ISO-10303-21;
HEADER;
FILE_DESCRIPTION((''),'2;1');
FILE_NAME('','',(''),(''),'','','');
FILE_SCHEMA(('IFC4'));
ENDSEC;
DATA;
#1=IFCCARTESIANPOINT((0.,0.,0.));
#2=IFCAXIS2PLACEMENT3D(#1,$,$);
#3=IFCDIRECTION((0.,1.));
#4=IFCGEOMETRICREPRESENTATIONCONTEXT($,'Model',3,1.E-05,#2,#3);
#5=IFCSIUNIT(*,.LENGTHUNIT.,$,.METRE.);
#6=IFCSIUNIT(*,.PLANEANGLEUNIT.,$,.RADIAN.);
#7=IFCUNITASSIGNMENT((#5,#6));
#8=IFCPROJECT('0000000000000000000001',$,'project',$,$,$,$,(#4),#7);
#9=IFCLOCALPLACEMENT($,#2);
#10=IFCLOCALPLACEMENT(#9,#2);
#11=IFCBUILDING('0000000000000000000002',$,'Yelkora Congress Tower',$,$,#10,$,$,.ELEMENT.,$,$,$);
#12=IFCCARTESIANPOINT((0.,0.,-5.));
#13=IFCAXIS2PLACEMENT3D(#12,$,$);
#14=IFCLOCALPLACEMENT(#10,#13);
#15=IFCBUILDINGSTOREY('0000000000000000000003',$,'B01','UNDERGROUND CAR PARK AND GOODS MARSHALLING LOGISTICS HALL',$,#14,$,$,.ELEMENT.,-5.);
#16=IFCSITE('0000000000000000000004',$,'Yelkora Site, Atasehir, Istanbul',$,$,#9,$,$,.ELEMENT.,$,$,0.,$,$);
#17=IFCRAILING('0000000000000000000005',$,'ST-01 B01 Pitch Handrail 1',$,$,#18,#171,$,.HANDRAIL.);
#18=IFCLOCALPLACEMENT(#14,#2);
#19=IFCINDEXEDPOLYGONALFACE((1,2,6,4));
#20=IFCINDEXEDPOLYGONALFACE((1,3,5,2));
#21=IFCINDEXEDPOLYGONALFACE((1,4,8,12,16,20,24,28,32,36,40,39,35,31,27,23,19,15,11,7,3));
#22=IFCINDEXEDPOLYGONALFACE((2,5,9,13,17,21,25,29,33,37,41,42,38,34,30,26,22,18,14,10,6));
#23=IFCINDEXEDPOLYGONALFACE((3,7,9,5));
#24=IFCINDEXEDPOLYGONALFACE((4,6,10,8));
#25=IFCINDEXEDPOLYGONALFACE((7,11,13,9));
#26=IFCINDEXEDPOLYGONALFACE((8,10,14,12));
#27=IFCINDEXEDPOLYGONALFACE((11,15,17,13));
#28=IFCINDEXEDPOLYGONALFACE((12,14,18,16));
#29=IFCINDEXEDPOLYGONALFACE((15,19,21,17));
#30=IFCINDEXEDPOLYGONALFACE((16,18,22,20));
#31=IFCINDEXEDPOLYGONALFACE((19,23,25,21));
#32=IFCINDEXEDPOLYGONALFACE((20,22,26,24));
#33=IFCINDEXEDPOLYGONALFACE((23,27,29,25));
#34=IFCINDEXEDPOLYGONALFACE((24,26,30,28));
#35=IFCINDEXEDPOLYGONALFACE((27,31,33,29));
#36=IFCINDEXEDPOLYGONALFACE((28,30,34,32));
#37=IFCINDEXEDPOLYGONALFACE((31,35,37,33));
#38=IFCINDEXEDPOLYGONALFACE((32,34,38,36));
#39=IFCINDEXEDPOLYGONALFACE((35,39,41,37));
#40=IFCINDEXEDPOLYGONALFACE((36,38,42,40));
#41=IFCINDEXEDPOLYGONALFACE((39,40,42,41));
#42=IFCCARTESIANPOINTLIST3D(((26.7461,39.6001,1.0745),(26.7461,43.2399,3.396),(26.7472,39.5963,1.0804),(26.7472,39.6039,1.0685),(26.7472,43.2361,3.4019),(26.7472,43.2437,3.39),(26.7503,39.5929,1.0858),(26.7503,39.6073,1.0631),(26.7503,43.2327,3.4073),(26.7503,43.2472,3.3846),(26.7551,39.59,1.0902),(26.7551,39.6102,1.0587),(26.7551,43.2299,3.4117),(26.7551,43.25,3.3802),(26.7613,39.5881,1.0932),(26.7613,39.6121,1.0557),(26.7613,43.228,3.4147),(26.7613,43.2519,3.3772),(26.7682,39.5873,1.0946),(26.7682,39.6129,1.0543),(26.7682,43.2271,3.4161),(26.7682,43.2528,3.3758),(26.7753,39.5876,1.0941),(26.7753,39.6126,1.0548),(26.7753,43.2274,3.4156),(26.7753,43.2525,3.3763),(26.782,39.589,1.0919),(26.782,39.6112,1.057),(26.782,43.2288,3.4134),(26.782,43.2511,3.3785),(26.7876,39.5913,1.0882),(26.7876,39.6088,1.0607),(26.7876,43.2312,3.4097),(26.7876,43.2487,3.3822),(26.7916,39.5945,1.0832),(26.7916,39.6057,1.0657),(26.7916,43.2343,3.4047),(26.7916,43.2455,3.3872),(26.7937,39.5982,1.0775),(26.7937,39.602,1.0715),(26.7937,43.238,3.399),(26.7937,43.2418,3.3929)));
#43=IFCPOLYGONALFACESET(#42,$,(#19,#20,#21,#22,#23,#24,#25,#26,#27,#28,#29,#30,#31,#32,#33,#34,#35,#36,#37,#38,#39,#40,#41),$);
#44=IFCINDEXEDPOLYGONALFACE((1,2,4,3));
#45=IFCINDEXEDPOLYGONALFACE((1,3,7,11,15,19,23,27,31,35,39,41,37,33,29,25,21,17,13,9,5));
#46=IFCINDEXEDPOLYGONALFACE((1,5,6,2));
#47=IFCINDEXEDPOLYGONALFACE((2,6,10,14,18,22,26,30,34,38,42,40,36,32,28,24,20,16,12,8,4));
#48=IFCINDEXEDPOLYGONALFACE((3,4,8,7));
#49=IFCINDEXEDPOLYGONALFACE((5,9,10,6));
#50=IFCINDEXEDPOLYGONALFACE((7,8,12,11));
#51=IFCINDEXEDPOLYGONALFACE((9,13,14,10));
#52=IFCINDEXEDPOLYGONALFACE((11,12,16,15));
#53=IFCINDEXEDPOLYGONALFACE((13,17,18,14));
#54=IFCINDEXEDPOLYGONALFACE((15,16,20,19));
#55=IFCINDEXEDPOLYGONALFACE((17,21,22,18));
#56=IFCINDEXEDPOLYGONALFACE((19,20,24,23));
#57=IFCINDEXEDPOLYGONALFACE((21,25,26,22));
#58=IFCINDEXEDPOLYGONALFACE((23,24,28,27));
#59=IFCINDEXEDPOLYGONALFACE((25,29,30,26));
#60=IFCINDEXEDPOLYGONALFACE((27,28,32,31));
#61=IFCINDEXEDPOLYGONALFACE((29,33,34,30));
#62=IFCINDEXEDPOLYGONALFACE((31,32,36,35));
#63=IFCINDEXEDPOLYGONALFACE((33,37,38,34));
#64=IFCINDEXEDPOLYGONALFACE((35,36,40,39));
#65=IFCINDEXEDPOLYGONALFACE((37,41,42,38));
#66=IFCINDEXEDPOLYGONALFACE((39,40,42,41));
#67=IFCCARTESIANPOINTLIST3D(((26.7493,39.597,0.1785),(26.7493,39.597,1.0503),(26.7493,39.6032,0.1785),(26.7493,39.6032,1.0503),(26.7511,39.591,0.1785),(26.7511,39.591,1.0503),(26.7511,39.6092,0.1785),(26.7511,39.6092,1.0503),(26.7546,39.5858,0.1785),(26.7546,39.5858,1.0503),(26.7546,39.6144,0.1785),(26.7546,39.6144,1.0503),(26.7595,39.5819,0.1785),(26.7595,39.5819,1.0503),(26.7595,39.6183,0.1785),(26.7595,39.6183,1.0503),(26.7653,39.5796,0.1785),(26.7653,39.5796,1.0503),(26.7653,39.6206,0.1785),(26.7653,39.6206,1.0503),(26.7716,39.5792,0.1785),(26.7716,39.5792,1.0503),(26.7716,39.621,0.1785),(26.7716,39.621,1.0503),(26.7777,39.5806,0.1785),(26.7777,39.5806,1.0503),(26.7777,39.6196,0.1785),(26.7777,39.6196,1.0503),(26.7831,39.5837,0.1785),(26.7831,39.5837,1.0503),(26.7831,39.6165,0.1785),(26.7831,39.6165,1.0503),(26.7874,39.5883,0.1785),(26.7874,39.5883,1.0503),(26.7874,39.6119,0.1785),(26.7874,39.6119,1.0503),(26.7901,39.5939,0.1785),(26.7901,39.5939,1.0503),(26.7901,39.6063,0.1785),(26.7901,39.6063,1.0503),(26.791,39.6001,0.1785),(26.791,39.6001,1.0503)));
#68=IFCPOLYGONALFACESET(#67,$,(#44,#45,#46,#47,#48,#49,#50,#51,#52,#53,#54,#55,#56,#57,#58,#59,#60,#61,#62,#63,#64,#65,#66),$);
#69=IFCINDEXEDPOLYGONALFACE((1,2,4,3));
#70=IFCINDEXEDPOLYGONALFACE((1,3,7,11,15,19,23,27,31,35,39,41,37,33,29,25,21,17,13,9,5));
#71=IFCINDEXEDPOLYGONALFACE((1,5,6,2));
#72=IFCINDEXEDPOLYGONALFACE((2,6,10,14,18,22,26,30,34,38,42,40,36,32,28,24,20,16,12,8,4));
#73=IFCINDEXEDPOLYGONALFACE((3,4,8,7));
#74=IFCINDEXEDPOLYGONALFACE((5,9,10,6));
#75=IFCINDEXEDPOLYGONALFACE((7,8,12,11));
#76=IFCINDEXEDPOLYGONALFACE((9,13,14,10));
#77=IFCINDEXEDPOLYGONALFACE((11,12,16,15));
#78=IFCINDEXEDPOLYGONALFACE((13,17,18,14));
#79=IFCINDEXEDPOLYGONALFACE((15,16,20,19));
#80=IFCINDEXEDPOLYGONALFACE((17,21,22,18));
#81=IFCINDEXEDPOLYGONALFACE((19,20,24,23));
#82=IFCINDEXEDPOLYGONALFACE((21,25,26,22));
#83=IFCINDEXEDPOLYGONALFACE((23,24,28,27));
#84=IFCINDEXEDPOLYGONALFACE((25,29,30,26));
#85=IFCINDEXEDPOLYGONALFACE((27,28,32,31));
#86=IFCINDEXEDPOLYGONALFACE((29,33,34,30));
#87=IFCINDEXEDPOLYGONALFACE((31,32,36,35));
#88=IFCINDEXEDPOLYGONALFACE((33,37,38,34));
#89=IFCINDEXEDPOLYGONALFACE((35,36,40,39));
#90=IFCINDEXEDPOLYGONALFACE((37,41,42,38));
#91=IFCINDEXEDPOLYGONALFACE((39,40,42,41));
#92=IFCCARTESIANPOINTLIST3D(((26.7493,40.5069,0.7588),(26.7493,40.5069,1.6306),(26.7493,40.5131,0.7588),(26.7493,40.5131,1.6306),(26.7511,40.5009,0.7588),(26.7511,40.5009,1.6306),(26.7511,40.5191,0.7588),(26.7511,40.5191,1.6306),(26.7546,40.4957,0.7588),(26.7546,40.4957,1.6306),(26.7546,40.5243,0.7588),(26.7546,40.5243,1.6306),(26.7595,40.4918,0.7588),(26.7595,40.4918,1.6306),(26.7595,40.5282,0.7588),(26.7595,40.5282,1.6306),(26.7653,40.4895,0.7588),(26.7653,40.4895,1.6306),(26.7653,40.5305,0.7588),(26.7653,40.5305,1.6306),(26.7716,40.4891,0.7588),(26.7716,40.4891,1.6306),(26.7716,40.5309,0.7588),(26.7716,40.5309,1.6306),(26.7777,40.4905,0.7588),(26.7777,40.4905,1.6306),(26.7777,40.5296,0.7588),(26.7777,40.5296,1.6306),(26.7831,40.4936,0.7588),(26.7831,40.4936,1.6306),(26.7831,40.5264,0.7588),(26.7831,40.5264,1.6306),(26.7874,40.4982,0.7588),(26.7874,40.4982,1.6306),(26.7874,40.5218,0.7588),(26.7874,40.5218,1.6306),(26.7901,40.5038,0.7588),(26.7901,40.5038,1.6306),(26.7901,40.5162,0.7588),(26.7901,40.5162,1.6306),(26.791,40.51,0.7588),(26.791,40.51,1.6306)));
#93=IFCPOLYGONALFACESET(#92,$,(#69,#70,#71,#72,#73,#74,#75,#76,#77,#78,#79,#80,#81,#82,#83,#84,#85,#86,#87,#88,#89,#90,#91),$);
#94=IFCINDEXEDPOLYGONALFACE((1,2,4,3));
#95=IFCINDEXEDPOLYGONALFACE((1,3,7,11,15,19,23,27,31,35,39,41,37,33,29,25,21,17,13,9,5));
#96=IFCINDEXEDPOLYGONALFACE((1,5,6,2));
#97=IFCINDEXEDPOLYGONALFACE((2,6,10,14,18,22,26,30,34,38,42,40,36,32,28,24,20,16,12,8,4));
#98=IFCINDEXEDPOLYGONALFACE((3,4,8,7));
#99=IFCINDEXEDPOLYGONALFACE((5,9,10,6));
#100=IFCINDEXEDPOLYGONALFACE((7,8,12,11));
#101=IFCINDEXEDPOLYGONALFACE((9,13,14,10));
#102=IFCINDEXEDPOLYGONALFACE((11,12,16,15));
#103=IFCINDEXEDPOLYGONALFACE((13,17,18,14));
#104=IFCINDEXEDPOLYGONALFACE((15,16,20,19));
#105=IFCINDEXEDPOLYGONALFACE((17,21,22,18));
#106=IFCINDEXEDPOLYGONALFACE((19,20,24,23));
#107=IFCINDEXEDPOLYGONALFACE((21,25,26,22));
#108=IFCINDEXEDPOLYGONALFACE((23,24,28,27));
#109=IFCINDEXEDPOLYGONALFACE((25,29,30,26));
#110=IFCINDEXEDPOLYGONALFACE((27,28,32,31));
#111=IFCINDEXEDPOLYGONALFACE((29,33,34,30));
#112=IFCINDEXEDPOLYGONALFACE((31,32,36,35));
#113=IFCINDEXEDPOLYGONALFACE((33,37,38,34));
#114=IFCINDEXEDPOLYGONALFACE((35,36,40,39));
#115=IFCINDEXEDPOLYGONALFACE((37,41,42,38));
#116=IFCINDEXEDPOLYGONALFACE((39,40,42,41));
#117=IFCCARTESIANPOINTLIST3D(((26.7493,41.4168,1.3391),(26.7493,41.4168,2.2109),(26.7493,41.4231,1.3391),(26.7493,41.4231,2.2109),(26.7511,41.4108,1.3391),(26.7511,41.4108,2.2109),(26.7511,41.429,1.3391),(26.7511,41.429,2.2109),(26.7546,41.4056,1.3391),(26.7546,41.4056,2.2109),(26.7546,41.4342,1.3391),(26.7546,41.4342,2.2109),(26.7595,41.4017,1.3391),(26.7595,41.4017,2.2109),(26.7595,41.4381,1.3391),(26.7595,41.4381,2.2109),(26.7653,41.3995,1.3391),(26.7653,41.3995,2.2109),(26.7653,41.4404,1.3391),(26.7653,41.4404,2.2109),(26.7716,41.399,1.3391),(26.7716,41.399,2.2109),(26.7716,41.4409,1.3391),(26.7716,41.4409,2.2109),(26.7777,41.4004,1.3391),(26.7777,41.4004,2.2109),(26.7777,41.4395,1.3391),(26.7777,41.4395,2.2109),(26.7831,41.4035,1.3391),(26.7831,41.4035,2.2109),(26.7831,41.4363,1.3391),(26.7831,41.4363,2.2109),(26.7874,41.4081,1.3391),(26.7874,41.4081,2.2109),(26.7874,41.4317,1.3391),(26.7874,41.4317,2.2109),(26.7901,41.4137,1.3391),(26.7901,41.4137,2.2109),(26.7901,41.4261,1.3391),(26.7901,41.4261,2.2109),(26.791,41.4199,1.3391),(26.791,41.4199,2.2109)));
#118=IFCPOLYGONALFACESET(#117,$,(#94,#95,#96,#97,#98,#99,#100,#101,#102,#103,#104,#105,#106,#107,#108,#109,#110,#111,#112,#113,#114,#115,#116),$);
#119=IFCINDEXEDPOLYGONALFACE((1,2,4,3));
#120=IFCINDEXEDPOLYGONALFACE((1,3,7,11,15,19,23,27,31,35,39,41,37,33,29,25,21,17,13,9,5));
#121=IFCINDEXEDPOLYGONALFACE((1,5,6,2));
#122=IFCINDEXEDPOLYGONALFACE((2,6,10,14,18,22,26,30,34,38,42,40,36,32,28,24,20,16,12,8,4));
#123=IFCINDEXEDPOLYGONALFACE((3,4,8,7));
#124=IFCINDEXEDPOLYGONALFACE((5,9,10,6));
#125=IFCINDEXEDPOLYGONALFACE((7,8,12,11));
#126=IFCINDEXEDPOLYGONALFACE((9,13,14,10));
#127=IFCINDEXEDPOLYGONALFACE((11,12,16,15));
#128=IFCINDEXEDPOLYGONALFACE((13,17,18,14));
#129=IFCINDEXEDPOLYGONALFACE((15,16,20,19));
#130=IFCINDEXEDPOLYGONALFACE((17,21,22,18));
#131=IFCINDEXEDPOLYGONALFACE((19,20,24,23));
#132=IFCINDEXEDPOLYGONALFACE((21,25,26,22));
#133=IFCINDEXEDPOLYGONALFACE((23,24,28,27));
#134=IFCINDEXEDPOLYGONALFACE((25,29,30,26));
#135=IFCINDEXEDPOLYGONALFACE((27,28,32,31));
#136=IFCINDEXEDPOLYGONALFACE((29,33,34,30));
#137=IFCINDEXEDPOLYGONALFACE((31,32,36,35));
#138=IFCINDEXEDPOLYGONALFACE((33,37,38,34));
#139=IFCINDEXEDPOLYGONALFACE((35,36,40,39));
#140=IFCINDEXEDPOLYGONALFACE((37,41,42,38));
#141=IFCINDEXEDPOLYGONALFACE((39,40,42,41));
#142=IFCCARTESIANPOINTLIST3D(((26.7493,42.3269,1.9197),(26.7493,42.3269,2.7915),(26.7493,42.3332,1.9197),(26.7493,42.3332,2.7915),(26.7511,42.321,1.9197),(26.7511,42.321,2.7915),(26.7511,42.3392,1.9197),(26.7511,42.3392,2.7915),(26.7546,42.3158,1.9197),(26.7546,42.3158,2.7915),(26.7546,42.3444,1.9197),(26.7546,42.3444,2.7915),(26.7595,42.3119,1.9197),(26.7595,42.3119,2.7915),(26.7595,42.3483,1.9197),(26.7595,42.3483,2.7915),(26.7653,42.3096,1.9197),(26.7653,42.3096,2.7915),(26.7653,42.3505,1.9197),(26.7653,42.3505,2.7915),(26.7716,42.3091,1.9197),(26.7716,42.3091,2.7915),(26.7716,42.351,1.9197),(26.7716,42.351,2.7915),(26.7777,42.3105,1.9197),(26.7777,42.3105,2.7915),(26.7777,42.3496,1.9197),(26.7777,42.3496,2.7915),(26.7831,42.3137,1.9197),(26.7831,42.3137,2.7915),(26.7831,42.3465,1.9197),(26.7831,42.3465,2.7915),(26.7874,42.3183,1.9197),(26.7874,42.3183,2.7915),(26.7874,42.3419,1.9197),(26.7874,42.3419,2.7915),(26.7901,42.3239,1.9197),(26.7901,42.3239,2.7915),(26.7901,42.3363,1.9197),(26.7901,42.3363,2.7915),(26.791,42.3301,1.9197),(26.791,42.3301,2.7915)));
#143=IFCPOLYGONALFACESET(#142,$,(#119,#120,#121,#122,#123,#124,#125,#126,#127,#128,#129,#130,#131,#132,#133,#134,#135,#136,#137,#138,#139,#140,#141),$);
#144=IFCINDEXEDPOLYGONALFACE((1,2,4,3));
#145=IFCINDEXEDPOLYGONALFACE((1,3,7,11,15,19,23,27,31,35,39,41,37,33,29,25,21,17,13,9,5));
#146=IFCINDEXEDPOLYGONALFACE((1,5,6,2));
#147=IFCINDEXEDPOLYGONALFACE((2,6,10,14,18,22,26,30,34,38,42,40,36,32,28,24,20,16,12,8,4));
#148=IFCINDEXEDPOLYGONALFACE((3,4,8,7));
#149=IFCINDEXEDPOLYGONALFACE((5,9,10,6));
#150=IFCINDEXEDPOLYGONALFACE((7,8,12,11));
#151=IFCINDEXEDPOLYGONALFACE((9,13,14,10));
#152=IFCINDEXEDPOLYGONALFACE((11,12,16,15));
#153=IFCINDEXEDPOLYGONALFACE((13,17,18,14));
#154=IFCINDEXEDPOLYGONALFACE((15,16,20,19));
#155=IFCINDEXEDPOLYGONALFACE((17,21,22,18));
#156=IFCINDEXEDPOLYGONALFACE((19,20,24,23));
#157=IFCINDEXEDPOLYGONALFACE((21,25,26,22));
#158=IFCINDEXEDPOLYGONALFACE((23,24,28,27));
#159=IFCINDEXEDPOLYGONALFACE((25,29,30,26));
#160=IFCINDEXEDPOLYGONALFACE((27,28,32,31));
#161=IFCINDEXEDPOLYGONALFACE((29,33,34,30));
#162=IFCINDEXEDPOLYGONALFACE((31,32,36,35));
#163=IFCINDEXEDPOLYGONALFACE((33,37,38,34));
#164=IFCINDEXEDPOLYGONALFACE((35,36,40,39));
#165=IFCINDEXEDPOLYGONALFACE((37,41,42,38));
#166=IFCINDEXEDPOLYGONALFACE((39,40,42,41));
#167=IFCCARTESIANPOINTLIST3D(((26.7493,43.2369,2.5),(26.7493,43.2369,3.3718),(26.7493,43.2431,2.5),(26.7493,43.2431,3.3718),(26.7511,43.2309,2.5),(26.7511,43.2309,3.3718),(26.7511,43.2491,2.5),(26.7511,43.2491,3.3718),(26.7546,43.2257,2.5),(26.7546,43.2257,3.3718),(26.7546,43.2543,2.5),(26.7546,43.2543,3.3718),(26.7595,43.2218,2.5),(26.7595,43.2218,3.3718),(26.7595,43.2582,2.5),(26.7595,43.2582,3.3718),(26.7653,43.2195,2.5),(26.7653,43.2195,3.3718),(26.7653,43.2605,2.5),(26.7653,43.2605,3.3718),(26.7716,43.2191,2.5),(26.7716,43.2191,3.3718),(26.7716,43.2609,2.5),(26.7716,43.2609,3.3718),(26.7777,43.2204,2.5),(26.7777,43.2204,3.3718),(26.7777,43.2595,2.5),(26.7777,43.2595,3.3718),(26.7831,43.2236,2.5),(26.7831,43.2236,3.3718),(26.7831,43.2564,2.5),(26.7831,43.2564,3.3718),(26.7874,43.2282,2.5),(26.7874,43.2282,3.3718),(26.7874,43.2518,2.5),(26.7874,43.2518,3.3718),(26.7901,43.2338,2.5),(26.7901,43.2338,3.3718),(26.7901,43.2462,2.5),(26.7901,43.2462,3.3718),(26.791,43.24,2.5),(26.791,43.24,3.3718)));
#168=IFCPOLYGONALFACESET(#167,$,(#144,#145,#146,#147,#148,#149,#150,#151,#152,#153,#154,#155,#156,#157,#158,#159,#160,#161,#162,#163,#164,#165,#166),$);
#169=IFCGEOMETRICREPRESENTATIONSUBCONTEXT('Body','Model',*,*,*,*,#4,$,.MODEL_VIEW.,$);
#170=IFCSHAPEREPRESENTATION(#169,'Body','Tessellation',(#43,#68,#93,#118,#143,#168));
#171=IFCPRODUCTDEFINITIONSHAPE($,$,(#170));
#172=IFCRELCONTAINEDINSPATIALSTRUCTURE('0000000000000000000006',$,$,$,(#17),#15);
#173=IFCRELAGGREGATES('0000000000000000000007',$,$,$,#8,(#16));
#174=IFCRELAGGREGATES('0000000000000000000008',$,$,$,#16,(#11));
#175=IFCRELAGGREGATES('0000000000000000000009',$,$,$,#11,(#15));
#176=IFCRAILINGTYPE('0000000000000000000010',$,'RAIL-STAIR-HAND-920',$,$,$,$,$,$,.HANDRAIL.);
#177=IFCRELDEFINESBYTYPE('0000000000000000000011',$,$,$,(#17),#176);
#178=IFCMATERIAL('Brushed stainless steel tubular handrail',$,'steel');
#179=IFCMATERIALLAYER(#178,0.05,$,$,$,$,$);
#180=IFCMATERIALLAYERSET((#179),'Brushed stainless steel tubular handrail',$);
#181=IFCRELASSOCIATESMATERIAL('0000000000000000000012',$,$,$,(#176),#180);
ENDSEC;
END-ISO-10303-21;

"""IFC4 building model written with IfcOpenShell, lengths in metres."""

from ifc_helpers import new_model, si_unit, direction, frame, origin, origin_2d, place, context, subcontext, project, spatial, circle, extrude, material, layer, layer_set, type_object, element, save


model = new_model("IFC4")

# Units and contexts
model_context = context("Model", 3, precision=1e-05, world=origin(), true_north=direction((0.0, 1.0)))
body_context = subcontext(model_context, "Body", "Model", "MODEL_VIEW")
ifc_project = project(units=[si_unit("LENGTHUNIT", "METRE"), si_unit("PLANEANGLEUNIT", "RADIAN")], contexts=[model_context])

# Site, building, storey
site_placement = place(None, origin())
site = spatial("IfcSite", under=ifc_project, at=site_placement, Name="Yelkora Site, Atasehir, Istanbul", CompositionType="ELEMENT", RefElevation=0.0)
building_placement = place(site_placement, origin())
building = spatial("IfcBuilding", under=site, at=building_placement, Name="Yelkora Congress Tower", CompositionType="ELEMENT")
storey_placement = place(building_placement, frame((0.0, 0.0, -5.0)))
storey = spatial("IfcBuildingStorey", under=building, at=storey_placement, Name="B01", Description="UNDERGROUND CAR PARK AND GOODS MARSHALLING LOGISTICS HALL", CompositionType="ELEMENT", Elevation=-5.0)

# Railing
ifc_material_1 = material(Name="Brushed stainless steel tubular handrail", Category="steel")
ifc_layer_1 = layer(ifc_material_1, 0.05)
ifc_layer_set_1 = layer_set([ifc_layer_1], Name="Brushed stainless steel tubular handrail")
railing_type_1 = type_object("IfcRailingType", Name="RAIL-STAIR-HAND-920", PredefinedType="HANDRAIL", material=ifc_layer_set_1)
railing_1_placement = place(storey_placement, frame((26.77, 39.6001, 0.1785)))
element("IfcRailing", 1, at=railing_1_placement, inside=storey, type_object=railing_type_1, Name="ST-01 B01 Pitch Handrail 1", PredefinedType="HANDRAIL", context=body_context, shape_type="SweptSolid", body=[
    extrude(circle(Radius=0.0239, at=origin_2d()), frame((0.0, 0.0, 0.896), z_axis=(0.0, 0.843112, 0.537739), x_axis=(-1.0, 0.0, 0.0)), (0.0, 0.0, 1.0), 4.3171),
    extrude(circle(Radius=0.021, at=origin_2d()), origin(), (0.0, 0.0, 1.0), 0.8718),
    extrude(circle(Radius=0.021, at=origin_2d()), frame((0.0, 0.9099, 0.5803)), (0.0, 0.0, 1.0), 0.8718),
    extrude(circle(Radius=0.021, at=origin_2d()), frame((0.0, 1.8198, 1.1606)), (0.0, 0.0, 1.0), 0.8718),
    extrude(circle(Radius=0.021, at=origin_2d()), frame((0.0, 2.73, 1.7412)), (0.0, 0.0, 1.0), 0.8718),
    extrude(circle(Radius=0.021, at=origin_2d()), frame((0.0, 3.6399, 2.3215)), (0.0, 0.0, 1.0), 0.8718),
])

save(model, "model.ifc")
